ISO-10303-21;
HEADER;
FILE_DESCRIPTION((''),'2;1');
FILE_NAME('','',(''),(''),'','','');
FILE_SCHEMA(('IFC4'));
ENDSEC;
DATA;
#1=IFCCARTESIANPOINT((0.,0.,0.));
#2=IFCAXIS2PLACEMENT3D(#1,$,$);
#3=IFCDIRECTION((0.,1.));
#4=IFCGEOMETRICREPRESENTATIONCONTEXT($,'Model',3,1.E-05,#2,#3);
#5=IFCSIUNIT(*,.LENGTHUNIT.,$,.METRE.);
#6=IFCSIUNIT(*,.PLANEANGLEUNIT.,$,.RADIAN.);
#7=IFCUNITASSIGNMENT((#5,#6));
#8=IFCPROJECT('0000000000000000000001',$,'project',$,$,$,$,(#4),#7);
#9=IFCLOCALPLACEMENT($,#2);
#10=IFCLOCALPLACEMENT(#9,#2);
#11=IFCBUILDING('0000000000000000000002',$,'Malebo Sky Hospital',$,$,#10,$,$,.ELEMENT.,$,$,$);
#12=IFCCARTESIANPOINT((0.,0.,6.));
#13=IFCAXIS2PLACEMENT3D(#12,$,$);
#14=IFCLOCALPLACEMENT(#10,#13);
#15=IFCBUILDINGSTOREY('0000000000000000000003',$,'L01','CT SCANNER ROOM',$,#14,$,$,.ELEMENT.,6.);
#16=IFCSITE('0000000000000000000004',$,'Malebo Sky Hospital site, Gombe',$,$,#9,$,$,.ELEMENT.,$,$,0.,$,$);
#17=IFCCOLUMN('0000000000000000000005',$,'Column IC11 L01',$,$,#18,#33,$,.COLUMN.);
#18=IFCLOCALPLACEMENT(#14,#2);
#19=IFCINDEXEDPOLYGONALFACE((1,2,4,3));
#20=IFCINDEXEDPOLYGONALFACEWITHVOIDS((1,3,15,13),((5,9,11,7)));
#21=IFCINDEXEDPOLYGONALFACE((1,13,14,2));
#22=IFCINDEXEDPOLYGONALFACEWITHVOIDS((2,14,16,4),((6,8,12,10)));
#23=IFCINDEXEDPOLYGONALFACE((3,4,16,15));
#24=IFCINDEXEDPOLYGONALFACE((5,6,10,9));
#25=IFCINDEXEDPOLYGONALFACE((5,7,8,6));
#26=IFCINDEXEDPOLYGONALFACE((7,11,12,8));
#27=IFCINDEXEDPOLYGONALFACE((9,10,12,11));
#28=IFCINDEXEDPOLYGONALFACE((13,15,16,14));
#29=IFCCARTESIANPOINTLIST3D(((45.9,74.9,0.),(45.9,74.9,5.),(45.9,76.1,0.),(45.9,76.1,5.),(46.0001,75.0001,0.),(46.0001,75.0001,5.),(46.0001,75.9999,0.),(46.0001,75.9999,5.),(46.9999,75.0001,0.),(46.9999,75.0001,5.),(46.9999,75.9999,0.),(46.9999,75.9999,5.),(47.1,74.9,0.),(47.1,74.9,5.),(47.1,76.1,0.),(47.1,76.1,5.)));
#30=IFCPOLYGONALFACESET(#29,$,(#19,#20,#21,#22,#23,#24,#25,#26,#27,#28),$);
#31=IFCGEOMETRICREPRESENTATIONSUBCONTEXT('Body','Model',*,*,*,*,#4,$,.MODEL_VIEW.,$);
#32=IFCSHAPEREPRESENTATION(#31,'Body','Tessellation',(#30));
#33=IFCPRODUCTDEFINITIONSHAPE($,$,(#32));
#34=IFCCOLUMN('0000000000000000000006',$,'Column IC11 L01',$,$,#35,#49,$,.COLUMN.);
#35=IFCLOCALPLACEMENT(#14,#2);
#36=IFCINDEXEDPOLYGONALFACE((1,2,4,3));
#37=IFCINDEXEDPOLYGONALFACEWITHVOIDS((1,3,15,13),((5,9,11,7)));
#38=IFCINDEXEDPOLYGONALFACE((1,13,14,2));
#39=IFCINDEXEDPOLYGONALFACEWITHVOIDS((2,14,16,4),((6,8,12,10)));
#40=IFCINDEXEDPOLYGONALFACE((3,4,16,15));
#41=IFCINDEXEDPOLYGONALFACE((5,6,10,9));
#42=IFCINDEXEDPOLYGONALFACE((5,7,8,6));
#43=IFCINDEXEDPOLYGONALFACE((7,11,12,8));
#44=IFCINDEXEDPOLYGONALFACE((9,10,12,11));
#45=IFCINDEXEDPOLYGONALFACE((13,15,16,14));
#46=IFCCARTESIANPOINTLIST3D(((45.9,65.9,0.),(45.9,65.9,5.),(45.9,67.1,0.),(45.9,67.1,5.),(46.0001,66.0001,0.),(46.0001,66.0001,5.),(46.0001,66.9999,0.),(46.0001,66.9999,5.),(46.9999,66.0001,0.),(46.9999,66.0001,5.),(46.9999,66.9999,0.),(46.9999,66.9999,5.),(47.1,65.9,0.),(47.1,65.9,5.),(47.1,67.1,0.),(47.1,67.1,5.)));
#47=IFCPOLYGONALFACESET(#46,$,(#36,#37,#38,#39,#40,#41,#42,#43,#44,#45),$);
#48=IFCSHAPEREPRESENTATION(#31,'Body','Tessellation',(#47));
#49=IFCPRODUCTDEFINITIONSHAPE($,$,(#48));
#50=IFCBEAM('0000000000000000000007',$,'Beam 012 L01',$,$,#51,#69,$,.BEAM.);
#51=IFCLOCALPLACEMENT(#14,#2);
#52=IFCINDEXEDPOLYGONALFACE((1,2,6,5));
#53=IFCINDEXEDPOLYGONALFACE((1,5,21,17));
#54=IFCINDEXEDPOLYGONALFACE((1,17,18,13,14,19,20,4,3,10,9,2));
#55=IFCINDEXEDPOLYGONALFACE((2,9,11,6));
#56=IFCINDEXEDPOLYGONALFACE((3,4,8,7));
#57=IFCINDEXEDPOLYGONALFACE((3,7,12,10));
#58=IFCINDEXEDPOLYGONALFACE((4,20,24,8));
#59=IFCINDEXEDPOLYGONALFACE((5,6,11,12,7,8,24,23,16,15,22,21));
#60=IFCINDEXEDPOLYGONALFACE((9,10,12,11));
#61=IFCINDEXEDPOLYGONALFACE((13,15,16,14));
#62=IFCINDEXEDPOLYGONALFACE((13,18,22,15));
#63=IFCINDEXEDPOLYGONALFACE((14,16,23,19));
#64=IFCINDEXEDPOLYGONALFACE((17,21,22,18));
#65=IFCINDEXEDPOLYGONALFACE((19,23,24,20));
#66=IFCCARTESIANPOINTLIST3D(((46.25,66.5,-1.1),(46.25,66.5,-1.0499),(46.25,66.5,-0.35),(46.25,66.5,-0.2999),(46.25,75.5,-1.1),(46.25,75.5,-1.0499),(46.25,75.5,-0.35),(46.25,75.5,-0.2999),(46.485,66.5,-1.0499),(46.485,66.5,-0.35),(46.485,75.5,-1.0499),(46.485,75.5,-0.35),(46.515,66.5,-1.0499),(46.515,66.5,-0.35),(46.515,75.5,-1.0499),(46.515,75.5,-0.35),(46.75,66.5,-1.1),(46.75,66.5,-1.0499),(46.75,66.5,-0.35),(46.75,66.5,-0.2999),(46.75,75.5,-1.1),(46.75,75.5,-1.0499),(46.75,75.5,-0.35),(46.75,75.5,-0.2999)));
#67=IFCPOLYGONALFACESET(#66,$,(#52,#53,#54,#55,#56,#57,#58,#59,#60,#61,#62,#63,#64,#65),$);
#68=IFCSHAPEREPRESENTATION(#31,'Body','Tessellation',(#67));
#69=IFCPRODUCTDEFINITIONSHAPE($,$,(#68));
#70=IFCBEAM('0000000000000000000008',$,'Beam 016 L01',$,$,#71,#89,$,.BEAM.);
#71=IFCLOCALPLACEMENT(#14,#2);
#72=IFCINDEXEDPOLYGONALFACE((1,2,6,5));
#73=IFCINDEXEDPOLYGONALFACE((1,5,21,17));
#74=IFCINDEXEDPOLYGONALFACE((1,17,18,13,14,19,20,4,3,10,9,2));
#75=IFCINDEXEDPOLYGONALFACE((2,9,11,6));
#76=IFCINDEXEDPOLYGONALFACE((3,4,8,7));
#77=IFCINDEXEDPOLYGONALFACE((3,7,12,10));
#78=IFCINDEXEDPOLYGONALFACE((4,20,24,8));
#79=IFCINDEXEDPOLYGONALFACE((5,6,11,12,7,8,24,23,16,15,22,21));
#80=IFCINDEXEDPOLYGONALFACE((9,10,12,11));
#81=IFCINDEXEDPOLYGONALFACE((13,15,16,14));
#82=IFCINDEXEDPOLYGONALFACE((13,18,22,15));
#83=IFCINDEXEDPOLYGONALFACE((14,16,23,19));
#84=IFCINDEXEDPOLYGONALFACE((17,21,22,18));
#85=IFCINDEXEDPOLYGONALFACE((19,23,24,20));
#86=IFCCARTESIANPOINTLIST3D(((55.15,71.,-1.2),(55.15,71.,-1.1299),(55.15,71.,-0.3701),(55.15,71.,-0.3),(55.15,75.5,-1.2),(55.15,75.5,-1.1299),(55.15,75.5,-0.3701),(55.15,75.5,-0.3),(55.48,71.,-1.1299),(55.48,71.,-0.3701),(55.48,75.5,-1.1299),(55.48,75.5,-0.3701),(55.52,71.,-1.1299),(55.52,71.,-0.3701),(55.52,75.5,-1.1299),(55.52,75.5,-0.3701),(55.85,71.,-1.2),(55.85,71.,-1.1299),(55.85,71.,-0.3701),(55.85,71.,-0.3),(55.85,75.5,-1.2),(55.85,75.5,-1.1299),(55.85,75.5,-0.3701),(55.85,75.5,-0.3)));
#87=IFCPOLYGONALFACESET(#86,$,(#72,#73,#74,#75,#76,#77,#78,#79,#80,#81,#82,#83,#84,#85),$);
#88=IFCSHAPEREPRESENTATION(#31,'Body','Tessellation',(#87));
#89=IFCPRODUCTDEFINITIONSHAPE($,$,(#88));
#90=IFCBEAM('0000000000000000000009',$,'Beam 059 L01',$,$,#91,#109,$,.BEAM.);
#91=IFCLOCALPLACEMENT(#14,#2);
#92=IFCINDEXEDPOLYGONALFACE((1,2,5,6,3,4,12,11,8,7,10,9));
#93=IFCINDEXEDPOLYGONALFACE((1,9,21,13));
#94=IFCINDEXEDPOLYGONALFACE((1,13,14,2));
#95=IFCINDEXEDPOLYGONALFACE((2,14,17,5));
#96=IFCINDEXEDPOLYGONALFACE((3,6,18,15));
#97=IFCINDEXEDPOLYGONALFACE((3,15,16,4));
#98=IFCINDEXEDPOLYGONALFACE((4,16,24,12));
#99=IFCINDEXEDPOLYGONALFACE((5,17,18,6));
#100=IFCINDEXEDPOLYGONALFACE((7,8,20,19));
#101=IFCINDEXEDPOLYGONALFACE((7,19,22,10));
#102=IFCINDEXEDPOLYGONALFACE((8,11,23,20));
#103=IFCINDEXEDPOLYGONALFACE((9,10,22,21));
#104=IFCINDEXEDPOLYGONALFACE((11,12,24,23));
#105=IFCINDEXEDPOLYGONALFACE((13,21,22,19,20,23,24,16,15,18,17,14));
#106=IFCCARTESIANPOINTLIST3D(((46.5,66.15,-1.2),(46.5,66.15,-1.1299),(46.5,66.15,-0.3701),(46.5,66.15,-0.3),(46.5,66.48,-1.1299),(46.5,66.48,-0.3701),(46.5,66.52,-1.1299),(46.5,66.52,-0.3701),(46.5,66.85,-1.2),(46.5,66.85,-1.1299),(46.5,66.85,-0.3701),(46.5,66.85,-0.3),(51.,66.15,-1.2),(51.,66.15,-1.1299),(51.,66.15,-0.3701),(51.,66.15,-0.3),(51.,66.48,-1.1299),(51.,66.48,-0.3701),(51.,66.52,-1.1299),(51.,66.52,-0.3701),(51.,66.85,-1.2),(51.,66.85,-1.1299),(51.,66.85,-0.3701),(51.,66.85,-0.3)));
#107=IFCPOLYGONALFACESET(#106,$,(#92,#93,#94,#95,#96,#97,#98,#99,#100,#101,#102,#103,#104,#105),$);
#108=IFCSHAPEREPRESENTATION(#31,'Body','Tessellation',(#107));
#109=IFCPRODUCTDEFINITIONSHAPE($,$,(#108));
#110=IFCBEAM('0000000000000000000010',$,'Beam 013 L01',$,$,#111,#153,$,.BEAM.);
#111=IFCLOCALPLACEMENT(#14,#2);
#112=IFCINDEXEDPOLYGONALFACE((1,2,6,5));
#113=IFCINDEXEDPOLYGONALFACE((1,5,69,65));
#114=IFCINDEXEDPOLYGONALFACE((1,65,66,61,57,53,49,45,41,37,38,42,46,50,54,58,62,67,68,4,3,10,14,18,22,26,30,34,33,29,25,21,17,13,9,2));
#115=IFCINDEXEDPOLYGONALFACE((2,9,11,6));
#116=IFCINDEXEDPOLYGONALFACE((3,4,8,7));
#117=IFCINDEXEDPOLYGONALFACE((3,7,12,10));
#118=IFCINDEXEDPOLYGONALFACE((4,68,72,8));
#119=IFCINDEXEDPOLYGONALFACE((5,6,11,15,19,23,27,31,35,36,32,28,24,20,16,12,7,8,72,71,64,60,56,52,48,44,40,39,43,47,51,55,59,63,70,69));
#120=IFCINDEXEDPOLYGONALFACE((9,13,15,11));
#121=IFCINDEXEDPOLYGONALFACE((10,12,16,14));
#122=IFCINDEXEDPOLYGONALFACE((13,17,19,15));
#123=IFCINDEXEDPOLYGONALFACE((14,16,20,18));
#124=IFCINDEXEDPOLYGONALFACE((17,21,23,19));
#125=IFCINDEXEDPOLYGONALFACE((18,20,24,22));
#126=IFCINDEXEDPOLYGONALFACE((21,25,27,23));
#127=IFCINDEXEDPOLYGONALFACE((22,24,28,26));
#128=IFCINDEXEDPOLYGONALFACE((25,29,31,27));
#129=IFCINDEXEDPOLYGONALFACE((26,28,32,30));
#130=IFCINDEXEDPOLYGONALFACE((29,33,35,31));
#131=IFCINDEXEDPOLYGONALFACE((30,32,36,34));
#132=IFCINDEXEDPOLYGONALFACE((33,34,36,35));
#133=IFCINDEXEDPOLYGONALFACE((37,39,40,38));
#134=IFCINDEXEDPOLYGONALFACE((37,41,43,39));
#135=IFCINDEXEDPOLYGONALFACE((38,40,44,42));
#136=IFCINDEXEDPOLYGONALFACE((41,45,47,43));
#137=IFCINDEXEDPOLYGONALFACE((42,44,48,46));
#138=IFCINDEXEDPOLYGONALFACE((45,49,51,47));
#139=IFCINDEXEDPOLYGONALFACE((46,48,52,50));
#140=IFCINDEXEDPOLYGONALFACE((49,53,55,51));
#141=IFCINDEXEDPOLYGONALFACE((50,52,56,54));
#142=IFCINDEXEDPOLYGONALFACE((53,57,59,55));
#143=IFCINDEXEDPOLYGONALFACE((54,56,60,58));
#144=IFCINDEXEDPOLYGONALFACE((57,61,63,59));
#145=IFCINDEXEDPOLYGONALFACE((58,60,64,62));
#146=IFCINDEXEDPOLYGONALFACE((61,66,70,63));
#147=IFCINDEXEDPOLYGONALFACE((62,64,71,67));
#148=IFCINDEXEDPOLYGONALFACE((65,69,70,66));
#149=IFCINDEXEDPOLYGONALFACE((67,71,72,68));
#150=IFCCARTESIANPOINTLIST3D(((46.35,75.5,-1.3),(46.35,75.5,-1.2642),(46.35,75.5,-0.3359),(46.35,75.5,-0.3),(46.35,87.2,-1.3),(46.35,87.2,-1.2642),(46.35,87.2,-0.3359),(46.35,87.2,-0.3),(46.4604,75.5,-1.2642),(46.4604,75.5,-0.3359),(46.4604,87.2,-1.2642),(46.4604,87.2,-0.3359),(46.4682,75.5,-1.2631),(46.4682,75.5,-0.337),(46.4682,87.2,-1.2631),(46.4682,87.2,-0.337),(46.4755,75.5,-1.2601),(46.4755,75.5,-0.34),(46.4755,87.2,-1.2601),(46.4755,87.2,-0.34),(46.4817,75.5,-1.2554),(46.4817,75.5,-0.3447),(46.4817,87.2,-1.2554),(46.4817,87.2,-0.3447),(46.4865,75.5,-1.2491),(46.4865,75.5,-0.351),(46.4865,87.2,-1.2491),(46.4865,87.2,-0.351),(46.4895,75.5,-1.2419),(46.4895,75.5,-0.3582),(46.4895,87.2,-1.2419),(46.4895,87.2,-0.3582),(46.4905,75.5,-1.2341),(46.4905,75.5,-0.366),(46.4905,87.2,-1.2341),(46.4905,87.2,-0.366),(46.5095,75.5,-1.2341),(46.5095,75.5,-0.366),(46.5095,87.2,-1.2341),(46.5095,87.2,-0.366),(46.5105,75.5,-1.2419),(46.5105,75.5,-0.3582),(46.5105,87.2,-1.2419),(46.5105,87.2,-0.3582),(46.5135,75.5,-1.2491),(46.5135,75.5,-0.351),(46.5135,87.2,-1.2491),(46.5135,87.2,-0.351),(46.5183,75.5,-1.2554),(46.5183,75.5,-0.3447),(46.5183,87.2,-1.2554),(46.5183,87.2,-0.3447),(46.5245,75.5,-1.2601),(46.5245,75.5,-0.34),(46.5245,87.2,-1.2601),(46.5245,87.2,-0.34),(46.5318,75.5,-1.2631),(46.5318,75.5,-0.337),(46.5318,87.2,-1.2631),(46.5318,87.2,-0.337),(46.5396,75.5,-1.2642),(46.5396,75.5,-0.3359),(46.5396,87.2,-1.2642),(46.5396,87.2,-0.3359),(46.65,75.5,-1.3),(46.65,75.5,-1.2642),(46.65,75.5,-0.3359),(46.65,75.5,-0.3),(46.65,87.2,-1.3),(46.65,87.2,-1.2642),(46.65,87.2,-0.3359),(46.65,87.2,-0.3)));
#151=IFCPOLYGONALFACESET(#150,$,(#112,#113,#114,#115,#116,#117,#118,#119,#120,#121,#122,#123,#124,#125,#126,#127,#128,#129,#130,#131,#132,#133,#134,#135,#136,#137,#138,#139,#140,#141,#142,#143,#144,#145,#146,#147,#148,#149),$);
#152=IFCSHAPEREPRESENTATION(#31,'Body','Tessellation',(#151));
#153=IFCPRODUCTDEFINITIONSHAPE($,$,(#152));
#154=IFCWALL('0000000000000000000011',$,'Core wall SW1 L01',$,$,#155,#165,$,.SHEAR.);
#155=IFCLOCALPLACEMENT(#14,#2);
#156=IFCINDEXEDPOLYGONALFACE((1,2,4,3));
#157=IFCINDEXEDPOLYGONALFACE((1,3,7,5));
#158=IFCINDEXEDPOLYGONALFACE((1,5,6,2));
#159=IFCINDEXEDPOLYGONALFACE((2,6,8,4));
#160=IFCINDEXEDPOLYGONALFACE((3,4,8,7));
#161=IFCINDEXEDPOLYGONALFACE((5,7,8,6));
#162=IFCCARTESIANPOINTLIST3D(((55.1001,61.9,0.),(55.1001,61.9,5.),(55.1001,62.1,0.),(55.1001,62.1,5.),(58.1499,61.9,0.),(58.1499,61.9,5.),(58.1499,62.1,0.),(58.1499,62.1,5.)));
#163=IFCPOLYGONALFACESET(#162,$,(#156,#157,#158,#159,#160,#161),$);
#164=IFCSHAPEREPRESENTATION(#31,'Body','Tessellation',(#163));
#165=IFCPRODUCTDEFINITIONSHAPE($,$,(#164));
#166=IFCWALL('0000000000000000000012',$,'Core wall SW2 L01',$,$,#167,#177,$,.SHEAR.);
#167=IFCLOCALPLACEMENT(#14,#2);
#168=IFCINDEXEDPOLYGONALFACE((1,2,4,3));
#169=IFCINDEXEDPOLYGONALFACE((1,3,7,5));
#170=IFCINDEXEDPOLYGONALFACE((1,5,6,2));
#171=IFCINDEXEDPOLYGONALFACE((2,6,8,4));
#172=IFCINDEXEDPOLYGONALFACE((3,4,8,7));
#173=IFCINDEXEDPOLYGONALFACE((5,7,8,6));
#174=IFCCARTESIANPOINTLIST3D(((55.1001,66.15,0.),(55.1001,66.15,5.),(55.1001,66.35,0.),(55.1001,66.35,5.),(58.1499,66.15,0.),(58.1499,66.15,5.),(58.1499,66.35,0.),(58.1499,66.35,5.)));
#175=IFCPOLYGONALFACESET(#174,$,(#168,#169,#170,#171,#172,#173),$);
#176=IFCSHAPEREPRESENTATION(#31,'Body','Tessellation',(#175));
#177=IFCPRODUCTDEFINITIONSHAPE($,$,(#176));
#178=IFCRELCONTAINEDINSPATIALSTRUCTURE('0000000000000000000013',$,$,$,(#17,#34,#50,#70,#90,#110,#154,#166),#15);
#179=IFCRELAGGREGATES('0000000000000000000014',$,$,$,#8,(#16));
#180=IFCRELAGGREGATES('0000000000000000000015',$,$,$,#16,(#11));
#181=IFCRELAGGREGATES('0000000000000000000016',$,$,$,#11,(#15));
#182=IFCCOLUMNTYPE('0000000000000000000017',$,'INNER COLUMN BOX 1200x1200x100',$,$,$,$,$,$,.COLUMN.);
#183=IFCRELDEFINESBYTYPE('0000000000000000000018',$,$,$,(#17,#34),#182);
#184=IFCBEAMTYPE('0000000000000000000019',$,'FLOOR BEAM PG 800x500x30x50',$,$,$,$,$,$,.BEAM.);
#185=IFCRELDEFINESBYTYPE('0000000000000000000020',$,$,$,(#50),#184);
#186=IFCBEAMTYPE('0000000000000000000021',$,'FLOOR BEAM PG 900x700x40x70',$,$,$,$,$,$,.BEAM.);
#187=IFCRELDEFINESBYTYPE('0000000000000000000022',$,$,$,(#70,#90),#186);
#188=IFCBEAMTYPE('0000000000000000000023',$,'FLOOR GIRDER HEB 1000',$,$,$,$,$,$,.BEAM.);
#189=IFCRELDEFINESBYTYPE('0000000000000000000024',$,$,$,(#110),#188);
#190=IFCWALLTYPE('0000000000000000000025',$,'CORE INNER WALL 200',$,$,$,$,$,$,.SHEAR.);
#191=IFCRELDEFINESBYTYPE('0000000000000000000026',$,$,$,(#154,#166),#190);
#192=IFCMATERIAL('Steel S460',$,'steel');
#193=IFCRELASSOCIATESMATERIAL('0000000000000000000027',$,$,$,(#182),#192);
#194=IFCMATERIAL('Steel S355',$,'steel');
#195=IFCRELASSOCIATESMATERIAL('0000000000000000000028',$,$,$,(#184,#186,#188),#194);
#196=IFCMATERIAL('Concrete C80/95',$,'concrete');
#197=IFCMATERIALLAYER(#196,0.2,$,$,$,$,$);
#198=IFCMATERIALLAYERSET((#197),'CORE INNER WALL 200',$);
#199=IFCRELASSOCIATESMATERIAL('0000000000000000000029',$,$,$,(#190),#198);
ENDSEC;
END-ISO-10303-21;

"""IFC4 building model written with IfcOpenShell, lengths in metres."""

from ifc_helpers import new_model, si_unit, direction, frame, frame_2d, origin, origin_2d, place, context, subcontext, project, spatial, rectangle, hollow_rectangle, i_section, extrude, material, layer, layer_set, material_profile, profile_set, type_object, element, save


model = new_model("IFC4")

# Units and contexts
model_context = context("Model", 3, precision=1e-05, world=origin(), true_north=direction((0.0, 1.0)))
body_context = subcontext(model_context, "Body", "Model", "MODEL_VIEW")
ifc_project = project(units=[si_unit("LENGTHUNIT", "METRE"), si_unit("PLANEANGLEUNIT", "RADIAN")], contexts=[model_context])

# Site, building, storey
site_placement = place(None, origin())
site = spatial("IfcSite", under=ifc_project, at=site_placement, Name="Malebo Sky Hospital site, Gombe", CompositionType="ELEMENT", RefElevation=0.0)
building_placement = place(site_placement, origin())
building = spatial("IfcBuilding", under=site, at=building_placement, Name="Malebo Sky Hospital", CompositionType="ELEMENT")
storey_placement = place(building_placement, frame((0.0, 0.0, 6.0)))
storey = spatial("IfcBuildingStorey", under=building, at=storey_placement, Name="L01", Description="CT SCANNER ROOM", CompositionType="ELEMENT", Elevation=6.0)

# Columns
ifc_material_1 = material(Name="Steel S460", Category="steel")
ifc_material_profile_1 = material_profile(ifc_material_1, hollow_rectangle(XDim=1.2, YDim=1.2, WallThickness=0.1001, at=origin_2d()), Name="BOX 1200x1200x100")
ifc_profile_set_1 = profile_set([ifc_material_profile_1], Name="Steel S460")
column_type = type_object("IfcColumnType", Name="INNER COLUMN BOX 1200x1200x100", PredefinedType="COLUMN", material=ifc_profile_set_1)
for number, where, z_axis, x_axis, name in (
    (1, (46.5, 75.5, 0.0), (0.0, 0.0, 1.0), (1.0, 0.0, 0.0), "Column IC11 L01"),
    (2, (46.5, 66.5, 0.0), (0.0, 0.0, 1.0), (1.0, 0.0, 0.0), "Column IC11 L01"),
):
    element("IfcColumn", number, at=place(storey_placement, frame(where, z_axis=z_axis, x_axis=x_axis)), inside=storey, type_object=column_type, Name=name, PredefinedType="COLUMN", context=body_context, shape_type="SweptSolid", body=[
        extrude(hollow_rectangle(XDim=1.2, YDim=1.2, WallThickness=0.1001, at=origin_2d()), origin(), (0.0, 0.0, 1.0), 5.0),
    ])

# Beams
ifc_material_2 = material(Name="Steel S355", Category="steel")
ifc_material_profile_2 = material_profile(ifc_material_2, i_section(OverallWidth=0.5, OverallDepth=0.8, WebThickness=0.03, FlangeThickness=0.05, at=origin_2d()), Name="PG 800x500x30x50")
ifc_profile_set_2 = profile_set([ifc_material_profile_2], Name="Steel S355")
beam_type_1 = type_object("IfcBeamType", Name="FLOOR BEAM PG 800x500x30x50", PredefinedType="BEAM", material=ifc_profile_set_2)
beam_1_placement = place(storey_placement, frame((46.5, 66.5, -0.7), z_axis=(0.0, 1.0, 0.0), x_axis=(-1.0, 0.0, 0.0)))
element("IfcBeam", 3, at=beam_1_placement, inside=storey, type_object=beam_type_1, Name="Beam 012 L01", PredefinedType="BEAM", context=body_context, shape_type="SweptSolid", body=[
    extrude(i_section(OverallWidth=0.5, OverallDepth=0.8, WebThickness=0.03, FlangeThickness=0.05, at=origin_2d()), origin(), (0.0, 0.0, 1.0), 9.0),
])
ifc_material_profile_3 = material_profile(ifc_material_2, i_section(OverallWidth=0.7, OverallDepth=0.8999, WebThickness=0.04, FlangeThickness=0.0701, at=origin_2d()), Name="PG 900x700x40x70")
ifc_profile_set_3 = profile_set([ifc_material_profile_3], Name="Steel S355")
beam_type_2 = type_object("IfcBeamType", Name="FLOOR BEAM PG 900x700x40x70", PredefinedType="BEAM", material=ifc_profile_set_3)
for number, where, z_axis, x_axis, name in (
    (4, (55.5, 71.0, -0.75), (0.0, 1.0, 0.0), (-1.0, 0.0, 0.0), "Beam 016 L01"),
    (5, (46.5, 66.5, -0.75), (1.0, 0.0, 0.0), (0.0, 1.0, 0.0), "Beam 059 L01"),
):
    element("IfcBeam", number, at=place(storey_placement, frame(where, z_axis=z_axis, x_axis=x_axis)), inside=storey, type_object=beam_type_2, Name=name, PredefinedType="BEAM", context=body_context, shape_type="SweptSolid", body=[
        extrude(i_section(OverallWidth=0.7, OverallDepth=0.8999, WebThickness=0.04, FlangeThickness=0.0701, at=origin_2d()), origin(), (0.0, 0.0, 1.0), 4.5),
    ])
ifc_material_profile_4 = material_profile(ifc_material_2, i_section(OverallWidth=0.3, OverallDepth=1.0, WebThickness=0.019, FlangeThickness=0.0359, FilletRadius=0.03, at=origin_2d()), Name="HEB 1000")
ifc_profile_set_4 = profile_set([ifc_material_profile_4], Name="Steel S355")
beam_type_3 = type_object("IfcBeamType", Name="FLOOR GIRDER HEB 1000", PredefinedType="BEAM", material=ifc_profile_set_4)
beam_2_placement = place(storey_placement, frame((46.5, 75.5, -0.8), z_axis=(0.0, 1.0, 0.0), x_axis=(-1.0, 0.0, 0.0)))
element("IfcBeam", 6, at=beam_2_placement, inside=storey, type_object=beam_type_3, Name="Beam 013 L01", PredefinedType="BEAM", context=body_context, shape_type="SweptSolid", body=[
    extrude(i_section(OverallWidth=0.3, OverallDepth=1.0, WebThickness=0.019, FlangeThickness=0.0359, FilletRadius=0.03, at=origin_2d()), origin(), (0.0, 0.0, 1.0), 11.7),
])

# Walls
ifc_material_3 = material(Name="Concrete C80/95", Category="concrete")
ifc_layer_1 = layer(ifc_material_3, 0.2)
ifc_layer_set_1 = layer_set([ifc_layer_1], Name="CORE INNER WALL 200")
wall_type_1 = type_object("IfcWallType", Name="CORE INNER WALL 200", PredefinedType="SHEAR", material=ifc_layer_set_1)
for number, where, z_axis, x_axis, name in (
    (7, (55.1001, 62.0, 0.0), (0.0, 0.0, 1.0), (1.0, 0.0, 0.0), "Core wall SW1 L01"),
    (8, (55.1001, 66.25, 0.0), (0.0, 0.0, 1.0), (1.0, 0.0, 0.0), "Core wall SW2 L01"),
):
    element("IfcWall", number, at=place(storey_placement, frame(where, z_axis=z_axis, x_axis=x_axis)), inside=storey, type_object=wall_type_1, Name=name, PredefinedType="SHEAR", context=body_context, shape_type="SweptSolid", body=[
        extrude(rectangle(XDim=3.0498, YDim=0.2, at=frame_2d((1.5249, 0.0))), origin(), (0.0, 0.0, 1.0), 5.0),
    ])

save(model, "model.ifc")
